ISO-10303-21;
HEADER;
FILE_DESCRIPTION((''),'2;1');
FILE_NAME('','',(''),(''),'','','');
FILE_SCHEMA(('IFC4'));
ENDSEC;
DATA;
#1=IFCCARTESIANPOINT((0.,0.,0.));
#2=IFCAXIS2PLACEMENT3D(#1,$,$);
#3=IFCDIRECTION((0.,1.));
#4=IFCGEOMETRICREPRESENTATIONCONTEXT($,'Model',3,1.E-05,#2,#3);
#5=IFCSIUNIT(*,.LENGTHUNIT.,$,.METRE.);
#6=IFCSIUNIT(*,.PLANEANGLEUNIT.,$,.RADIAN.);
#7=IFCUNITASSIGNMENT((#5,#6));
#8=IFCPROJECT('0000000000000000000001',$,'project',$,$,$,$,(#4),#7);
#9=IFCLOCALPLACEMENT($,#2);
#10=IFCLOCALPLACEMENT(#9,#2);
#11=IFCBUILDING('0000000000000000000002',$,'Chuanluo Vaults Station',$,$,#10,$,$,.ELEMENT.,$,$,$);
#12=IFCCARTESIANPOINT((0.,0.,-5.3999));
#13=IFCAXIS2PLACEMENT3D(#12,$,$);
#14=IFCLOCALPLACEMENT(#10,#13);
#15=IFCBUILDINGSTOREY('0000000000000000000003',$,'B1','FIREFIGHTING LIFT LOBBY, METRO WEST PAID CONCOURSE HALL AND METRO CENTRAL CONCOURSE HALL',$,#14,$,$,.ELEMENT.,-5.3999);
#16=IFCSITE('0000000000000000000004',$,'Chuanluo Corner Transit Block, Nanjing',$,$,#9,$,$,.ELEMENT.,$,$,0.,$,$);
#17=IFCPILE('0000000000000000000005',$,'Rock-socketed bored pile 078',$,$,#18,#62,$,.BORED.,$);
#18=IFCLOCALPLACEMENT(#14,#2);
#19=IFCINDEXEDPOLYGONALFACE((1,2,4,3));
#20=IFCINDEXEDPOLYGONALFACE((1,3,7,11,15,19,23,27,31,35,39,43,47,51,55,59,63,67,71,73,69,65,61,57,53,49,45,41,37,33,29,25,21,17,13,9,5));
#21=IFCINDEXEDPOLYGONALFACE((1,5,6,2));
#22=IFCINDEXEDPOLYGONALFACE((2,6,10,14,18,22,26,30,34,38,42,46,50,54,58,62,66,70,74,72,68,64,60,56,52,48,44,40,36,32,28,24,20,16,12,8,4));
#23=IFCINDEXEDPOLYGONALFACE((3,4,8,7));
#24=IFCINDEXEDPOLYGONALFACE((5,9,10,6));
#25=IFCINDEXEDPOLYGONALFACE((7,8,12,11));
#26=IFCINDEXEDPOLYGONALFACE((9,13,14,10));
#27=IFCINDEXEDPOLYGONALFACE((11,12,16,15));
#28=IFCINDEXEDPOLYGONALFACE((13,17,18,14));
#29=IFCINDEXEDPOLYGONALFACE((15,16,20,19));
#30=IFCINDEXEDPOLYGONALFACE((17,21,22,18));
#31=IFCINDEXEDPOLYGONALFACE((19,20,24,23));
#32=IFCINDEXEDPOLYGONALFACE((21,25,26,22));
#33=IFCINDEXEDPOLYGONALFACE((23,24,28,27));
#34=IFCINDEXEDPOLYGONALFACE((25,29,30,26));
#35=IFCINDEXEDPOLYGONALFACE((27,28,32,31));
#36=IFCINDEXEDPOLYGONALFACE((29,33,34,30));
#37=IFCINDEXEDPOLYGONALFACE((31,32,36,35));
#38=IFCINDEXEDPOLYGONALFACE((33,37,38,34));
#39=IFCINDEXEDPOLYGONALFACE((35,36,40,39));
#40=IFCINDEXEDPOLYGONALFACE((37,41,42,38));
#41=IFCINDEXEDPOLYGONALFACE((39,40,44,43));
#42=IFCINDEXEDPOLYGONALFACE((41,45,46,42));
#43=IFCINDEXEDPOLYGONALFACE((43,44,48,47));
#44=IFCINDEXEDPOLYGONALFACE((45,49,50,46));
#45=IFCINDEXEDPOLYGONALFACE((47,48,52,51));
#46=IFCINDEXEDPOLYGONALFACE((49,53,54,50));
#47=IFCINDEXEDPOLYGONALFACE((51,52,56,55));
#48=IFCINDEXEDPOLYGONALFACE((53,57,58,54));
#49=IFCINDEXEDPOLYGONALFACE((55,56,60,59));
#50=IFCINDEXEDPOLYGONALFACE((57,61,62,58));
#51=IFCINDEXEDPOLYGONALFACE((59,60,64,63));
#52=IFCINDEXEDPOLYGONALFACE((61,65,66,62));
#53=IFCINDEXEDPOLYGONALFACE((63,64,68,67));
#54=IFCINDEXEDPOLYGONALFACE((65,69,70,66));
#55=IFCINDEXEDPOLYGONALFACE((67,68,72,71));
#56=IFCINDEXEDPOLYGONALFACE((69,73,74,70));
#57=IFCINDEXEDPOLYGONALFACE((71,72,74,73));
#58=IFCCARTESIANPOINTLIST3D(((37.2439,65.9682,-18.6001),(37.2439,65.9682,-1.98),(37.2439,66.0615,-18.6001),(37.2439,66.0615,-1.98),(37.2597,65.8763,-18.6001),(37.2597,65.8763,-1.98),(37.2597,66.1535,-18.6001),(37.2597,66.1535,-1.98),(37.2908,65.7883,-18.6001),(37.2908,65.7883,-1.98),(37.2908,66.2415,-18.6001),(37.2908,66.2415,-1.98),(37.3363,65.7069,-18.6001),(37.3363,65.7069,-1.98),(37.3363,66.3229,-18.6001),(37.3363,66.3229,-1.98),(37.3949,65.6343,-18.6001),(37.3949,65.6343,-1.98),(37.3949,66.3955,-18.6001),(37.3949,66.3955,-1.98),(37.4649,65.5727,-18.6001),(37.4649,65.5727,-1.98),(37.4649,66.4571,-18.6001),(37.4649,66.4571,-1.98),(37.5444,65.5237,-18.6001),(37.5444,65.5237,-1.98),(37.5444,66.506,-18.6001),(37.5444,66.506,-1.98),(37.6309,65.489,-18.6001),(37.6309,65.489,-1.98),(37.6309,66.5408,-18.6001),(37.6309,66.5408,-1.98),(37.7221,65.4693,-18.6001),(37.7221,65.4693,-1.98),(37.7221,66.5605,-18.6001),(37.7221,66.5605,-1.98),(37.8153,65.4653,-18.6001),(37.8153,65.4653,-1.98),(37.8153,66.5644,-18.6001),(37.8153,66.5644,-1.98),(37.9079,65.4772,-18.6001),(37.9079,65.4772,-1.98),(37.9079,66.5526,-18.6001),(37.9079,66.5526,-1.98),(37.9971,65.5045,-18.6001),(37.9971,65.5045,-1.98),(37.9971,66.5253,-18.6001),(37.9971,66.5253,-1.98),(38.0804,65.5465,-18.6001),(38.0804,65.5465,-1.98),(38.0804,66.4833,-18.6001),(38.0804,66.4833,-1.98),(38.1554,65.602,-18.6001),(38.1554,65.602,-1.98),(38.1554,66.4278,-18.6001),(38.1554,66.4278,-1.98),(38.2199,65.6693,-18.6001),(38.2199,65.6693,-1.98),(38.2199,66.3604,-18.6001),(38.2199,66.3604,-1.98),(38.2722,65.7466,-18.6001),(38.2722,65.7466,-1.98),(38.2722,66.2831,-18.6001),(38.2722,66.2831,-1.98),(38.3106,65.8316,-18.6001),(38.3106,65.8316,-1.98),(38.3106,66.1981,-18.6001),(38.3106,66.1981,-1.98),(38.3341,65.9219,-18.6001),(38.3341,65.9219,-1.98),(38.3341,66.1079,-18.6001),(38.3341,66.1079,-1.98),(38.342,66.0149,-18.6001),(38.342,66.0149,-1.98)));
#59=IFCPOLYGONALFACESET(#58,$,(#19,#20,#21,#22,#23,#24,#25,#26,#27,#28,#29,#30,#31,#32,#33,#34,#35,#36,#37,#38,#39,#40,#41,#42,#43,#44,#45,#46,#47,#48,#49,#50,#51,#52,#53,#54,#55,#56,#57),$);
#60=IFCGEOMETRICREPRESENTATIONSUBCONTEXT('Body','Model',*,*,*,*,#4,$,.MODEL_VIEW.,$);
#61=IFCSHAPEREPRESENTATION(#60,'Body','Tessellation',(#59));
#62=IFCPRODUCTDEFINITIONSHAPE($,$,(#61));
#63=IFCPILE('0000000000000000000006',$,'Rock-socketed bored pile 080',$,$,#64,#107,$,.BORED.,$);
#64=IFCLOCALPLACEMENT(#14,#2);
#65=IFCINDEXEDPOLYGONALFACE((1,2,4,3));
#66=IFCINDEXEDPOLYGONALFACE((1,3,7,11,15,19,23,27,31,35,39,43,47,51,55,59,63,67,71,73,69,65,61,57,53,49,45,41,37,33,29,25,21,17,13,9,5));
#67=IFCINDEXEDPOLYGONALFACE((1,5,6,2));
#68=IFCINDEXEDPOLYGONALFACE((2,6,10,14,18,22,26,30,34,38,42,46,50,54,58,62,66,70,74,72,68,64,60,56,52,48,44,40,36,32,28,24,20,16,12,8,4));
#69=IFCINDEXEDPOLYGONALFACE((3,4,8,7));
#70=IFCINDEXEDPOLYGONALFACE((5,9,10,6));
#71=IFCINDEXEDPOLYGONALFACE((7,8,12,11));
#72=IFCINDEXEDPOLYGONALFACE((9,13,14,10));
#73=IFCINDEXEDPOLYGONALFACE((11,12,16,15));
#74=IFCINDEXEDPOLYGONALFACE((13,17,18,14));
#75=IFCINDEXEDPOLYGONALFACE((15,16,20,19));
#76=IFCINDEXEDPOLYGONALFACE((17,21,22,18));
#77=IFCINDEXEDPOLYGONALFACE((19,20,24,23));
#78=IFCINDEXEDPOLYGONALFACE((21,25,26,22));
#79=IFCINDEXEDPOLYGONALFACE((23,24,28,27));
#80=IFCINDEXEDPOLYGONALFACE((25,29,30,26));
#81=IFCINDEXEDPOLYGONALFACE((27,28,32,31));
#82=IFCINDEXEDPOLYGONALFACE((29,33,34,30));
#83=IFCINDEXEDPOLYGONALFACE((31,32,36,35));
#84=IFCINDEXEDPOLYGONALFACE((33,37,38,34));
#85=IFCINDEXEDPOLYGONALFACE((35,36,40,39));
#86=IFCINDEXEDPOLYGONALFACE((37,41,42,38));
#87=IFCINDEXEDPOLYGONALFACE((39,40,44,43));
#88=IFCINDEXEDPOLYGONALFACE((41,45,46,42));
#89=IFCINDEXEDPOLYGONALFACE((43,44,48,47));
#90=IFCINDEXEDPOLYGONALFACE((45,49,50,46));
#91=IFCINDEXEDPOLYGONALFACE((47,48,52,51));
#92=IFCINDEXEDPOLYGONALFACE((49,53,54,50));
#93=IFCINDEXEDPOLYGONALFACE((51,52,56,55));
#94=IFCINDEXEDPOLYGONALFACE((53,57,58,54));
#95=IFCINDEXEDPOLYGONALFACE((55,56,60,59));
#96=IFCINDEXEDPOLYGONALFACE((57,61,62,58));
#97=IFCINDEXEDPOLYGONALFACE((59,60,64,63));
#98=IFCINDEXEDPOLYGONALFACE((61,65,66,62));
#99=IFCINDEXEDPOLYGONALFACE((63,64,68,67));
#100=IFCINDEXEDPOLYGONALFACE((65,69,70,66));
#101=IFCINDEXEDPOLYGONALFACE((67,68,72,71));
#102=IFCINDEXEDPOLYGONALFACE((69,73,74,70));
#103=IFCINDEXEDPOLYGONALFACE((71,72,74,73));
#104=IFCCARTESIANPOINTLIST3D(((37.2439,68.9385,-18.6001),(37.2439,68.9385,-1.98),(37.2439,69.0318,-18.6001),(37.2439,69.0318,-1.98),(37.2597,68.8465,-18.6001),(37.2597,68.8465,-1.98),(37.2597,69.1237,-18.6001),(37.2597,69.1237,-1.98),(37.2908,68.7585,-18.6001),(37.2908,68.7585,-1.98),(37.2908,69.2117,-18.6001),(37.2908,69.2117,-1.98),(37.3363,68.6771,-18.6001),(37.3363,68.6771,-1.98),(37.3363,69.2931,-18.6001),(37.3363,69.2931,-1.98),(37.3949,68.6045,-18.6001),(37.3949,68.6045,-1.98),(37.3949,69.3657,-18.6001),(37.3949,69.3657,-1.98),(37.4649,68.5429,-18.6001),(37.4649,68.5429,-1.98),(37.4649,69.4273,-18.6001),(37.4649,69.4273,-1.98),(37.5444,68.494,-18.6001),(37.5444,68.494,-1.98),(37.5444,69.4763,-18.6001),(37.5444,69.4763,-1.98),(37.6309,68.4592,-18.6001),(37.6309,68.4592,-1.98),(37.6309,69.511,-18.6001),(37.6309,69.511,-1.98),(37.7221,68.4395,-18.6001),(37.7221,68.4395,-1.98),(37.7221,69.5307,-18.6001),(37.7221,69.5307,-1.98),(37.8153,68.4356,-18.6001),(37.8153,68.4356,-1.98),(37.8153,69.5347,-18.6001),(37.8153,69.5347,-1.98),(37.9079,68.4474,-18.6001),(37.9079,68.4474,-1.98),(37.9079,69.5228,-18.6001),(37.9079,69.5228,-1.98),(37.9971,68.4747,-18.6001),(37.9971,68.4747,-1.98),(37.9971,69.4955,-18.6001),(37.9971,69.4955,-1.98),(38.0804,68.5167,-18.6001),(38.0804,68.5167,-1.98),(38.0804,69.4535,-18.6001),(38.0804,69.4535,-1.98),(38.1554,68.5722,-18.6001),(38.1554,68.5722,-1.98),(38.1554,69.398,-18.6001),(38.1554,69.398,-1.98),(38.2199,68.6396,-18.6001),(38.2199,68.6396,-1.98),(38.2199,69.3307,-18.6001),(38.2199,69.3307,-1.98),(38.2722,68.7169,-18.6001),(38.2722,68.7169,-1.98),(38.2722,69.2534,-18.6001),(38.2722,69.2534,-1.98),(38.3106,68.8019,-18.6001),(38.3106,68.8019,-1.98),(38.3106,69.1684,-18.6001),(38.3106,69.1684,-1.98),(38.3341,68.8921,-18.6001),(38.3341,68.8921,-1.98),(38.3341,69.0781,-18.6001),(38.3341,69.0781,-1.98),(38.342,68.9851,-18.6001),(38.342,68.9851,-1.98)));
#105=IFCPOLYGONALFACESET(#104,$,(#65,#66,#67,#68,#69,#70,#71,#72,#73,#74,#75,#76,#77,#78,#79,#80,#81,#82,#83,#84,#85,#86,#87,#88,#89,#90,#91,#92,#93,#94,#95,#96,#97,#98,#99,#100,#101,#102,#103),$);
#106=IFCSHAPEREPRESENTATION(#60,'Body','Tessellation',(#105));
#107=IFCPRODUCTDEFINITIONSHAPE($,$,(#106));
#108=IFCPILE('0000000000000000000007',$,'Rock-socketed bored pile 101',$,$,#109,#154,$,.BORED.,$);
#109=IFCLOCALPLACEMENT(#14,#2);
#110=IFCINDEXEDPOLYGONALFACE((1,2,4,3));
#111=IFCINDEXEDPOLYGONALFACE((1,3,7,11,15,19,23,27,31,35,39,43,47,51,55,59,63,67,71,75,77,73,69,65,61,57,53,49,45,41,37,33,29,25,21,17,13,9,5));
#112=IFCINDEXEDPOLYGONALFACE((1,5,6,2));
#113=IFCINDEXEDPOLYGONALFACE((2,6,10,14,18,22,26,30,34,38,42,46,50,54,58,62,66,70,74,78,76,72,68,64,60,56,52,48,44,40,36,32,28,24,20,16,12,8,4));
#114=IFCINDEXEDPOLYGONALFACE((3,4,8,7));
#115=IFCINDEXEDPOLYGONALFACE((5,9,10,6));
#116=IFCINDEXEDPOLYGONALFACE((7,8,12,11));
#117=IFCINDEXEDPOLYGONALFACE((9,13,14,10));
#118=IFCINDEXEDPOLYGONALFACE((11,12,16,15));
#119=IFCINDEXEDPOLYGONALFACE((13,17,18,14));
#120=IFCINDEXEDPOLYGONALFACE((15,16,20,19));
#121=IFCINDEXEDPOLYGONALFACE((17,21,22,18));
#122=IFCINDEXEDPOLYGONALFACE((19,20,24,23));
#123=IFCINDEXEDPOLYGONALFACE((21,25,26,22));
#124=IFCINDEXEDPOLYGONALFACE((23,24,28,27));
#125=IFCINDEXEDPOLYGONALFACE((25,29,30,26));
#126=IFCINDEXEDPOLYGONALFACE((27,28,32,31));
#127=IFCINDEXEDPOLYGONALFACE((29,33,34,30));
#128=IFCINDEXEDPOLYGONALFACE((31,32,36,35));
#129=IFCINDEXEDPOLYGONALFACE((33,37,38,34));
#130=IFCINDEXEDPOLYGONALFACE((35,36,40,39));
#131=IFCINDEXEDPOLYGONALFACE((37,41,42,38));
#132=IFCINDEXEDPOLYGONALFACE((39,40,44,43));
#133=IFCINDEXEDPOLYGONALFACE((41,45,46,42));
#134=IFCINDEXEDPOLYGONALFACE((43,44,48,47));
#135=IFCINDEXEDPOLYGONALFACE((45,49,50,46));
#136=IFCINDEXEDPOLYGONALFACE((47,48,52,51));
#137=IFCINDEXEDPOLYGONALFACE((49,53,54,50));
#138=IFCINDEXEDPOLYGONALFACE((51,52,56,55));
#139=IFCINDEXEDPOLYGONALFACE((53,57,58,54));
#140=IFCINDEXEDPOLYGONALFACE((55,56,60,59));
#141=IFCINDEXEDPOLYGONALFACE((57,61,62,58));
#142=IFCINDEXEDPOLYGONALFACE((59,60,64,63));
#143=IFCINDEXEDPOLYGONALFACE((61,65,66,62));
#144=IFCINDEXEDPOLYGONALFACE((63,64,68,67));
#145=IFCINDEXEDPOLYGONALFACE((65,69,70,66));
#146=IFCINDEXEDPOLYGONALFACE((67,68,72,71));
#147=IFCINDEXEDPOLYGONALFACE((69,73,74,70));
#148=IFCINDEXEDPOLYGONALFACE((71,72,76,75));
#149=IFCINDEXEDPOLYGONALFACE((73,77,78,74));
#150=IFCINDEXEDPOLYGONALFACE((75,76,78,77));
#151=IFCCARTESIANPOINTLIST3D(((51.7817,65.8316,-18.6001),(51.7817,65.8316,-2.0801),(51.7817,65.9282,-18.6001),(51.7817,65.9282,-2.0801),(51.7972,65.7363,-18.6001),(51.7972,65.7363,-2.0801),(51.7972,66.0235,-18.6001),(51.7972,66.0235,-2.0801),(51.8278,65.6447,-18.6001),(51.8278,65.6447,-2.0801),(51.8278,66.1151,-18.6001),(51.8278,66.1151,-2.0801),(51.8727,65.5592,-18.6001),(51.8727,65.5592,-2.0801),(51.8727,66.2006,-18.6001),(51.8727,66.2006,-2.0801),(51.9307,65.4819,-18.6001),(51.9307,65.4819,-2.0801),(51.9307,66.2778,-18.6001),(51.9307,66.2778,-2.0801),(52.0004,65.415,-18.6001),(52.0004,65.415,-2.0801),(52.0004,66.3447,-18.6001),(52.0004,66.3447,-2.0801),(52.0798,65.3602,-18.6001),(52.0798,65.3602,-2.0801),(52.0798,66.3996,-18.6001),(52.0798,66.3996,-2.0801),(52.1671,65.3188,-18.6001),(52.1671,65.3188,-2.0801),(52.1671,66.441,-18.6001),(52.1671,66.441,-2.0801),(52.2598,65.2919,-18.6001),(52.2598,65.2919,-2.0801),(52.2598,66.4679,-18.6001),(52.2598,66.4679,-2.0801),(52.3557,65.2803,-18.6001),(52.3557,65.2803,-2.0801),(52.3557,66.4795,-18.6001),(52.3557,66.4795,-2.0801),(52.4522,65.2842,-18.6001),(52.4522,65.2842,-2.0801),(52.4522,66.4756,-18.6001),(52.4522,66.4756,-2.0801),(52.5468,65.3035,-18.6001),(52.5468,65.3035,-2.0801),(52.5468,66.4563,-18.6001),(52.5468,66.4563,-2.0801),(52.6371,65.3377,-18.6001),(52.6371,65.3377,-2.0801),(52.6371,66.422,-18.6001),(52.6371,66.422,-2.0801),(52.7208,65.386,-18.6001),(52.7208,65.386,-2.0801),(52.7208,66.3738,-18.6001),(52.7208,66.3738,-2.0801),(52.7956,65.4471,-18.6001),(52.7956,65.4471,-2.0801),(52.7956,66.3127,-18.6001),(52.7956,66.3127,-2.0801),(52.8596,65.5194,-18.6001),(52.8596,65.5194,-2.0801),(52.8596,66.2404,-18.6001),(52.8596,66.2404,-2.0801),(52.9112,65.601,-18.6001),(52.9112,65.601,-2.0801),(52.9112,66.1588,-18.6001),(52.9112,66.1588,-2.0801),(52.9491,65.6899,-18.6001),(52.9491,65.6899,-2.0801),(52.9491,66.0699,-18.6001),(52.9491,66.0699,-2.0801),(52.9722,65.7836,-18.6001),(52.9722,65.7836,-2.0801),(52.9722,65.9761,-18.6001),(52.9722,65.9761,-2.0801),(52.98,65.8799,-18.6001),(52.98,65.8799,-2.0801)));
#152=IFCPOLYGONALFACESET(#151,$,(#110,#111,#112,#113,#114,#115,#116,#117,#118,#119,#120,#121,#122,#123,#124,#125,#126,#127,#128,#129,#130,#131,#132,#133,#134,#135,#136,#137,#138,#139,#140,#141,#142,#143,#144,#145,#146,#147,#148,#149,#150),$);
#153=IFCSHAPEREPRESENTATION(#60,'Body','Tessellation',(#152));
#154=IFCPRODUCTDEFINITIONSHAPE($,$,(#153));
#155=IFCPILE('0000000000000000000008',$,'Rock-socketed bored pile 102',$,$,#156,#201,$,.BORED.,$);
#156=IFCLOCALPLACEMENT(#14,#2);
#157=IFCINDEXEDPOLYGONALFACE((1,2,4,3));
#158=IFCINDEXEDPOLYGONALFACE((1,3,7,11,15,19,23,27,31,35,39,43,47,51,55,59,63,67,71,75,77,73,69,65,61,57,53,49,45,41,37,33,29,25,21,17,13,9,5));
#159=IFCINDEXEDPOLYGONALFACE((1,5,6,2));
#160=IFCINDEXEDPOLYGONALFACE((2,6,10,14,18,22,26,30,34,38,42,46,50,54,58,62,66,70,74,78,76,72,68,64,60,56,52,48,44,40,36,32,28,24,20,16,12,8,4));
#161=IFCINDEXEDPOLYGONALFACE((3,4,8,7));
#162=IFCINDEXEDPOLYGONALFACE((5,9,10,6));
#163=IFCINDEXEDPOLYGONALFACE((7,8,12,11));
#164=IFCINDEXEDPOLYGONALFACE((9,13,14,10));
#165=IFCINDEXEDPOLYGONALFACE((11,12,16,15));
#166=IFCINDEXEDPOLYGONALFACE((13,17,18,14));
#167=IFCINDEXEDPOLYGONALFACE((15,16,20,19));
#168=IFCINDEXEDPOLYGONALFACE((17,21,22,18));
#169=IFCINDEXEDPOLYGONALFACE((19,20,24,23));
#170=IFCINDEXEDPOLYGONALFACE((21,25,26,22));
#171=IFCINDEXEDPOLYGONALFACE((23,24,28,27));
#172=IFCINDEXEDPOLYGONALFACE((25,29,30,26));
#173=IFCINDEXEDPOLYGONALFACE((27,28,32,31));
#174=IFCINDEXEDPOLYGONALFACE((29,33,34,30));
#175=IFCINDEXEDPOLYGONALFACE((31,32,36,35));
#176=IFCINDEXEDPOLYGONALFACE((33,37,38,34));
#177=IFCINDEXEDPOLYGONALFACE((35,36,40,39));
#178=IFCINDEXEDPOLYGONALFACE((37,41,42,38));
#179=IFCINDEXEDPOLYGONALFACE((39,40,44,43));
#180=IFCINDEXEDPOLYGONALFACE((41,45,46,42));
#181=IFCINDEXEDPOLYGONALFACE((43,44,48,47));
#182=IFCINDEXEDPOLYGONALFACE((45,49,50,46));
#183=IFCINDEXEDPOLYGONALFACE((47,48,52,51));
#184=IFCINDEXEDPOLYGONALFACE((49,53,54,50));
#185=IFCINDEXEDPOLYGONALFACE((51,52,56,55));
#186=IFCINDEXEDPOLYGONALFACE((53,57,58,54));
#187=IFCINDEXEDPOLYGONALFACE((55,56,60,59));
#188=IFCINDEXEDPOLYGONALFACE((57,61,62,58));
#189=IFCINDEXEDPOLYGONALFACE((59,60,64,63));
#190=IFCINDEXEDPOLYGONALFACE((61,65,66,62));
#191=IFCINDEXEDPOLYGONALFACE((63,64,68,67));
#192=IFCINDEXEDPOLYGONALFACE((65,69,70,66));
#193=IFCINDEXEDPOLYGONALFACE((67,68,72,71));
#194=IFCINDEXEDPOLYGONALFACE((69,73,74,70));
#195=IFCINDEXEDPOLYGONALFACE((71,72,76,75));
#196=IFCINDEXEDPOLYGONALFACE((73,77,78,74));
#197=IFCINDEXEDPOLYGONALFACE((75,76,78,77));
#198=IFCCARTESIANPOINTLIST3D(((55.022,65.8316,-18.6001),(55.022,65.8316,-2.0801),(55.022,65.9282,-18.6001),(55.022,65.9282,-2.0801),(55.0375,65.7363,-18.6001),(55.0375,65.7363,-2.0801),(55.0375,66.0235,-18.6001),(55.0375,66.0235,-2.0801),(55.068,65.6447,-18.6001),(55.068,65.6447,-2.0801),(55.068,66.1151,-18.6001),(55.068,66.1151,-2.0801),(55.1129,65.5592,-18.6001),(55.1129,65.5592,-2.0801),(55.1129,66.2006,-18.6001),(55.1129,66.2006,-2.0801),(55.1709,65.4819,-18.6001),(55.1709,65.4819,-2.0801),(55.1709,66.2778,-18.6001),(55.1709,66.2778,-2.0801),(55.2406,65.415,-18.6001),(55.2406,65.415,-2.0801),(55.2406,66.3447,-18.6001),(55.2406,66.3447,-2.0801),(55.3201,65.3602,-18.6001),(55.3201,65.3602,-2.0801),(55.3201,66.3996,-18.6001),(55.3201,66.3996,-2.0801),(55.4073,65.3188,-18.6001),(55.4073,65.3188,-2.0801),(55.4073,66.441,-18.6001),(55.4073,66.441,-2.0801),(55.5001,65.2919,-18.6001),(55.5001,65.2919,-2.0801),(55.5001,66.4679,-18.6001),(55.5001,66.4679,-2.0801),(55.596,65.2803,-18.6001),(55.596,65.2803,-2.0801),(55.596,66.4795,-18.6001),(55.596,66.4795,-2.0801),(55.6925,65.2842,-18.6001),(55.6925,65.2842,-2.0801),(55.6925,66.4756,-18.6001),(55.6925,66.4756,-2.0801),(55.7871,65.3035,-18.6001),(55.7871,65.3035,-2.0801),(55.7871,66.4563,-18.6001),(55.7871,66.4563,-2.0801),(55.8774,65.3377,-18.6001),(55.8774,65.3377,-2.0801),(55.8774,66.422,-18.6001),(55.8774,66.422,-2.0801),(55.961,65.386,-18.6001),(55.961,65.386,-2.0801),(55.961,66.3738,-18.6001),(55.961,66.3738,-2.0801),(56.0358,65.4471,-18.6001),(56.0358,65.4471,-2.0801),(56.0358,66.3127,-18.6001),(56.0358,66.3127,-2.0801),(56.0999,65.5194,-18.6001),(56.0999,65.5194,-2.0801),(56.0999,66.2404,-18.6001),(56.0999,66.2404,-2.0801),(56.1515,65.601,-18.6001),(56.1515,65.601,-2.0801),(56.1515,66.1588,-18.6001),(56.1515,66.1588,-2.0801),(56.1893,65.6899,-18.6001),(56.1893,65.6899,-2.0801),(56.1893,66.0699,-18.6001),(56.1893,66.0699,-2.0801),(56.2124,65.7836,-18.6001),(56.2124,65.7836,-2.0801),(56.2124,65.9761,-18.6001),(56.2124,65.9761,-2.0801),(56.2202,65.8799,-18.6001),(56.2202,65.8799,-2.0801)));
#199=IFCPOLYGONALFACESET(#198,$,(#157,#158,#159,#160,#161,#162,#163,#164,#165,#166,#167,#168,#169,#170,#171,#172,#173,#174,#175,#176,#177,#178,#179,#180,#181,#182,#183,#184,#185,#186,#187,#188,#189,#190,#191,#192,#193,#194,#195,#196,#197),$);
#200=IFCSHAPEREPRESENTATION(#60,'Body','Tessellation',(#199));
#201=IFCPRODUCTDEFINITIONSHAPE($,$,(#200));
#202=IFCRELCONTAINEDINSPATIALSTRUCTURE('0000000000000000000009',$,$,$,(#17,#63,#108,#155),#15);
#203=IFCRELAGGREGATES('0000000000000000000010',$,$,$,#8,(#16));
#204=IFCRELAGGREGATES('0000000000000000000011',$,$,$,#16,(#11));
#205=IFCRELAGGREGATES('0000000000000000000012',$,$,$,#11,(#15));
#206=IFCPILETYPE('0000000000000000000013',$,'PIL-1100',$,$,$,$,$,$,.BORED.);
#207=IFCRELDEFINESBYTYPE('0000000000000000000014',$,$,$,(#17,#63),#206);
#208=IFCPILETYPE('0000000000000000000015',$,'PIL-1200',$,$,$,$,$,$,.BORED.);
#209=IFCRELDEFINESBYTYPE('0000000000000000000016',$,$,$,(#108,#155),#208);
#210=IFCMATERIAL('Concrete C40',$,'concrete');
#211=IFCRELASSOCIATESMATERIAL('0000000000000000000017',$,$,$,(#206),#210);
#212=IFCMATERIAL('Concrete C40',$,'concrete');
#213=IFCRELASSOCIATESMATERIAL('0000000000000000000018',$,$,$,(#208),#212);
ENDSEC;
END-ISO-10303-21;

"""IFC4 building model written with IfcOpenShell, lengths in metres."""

from ifc_helpers import new_model, si_unit, direction, frame, origin, origin_2d, place, context, subcontext, project, spatial, circle, extrude, material, material_profile, profile_set, type_object, element, save


model = new_model("IFC4")

# Units and contexts
model_context = context("Model", 3, precision=1e-05, world=origin(), true_north=direction((0.0, 1.0)))
body_context = subcontext(model_context, "Body", "Model", "MODEL_VIEW")
ifc_project = project(units=[si_unit("LENGTHUNIT", "METRE"), si_unit("PLANEANGLEUNIT", "RADIAN")], contexts=[model_context])

# Site, building, storey
site_placement = place(None, origin())
site = spatial("IfcSite", under=ifc_project, at=site_placement, Name="Chuanluo Corner Transit Block, Nanjing", CompositionType="ELEMENT", RefElevation=0.0)
building_placement = place(site_placement, origin())
building = spatial("IfcBuilding", under=site, at=building_placement, Name="Chuanluo Vaults Station", CompositionType="ELEMENT")
storey_placement = place(building_placement, frame((0.0, 0.0, -5.3999)))
storey = spatial("IfcBuildingStorey", under=building, at=storey_placement, Name="B1", Description="FIREFIGHTING LIFT LOBBY, METRO WEST PAID CONCOURSE HALL AND METRO CENTRAL CONCOURSE HALL", CompositionType="ELEMENT", Elevation=-5.3999)

# Piles
ifc_material_1 = material(Name="Concrete C40", Category="concrete")
ifc_material_profile_1 = material_profile(ifc_material_1, circle(Radius=0.55, at=origin_2d()))
ifc_profile_set_1 = profile_set([ifc_material_profile_1], Name="Concrete C40")
pile_type_1 = type_object("IfcPileType", Name="PIL-1100", PredefinedType="BORED", material=ifc_profile_set_1)
for number, where, z_axis, x_axis, name in (
    (1, (37.792, 66.0149, -1.98), (0.0, 0.0, -1.0), (1.0, 0.0, 0.0), "Rock-socketed bored pile 078"),
    (2, (37.792, 68.9851, -1.98), (0.0, 0.0, -1.0), (1.0, 0.0, 0.0), "Rock-socketed bored pile 080"),
):
    element("IfcPile", number, at=place(storey_placement, frame(where, z_axis=z_axis, x_axis=x_axis)), inside=storey, type_object=pile_type_1, Name=name, PredefinedType="BORED", context=body_context, shape_type="SweptSolid", body=[
        extrude(circle(Radius=0.55, at=origin_2d()), origin(), (0.0, 0.0, 1.0), 16.6201),
    ])
ifc_material_2 = material(Name="Concrete C40", Category="concrete")
ifc_material_profile_2 = material_profile(ifc_material_2, circle(Radius=0.6001, at=origin_2d()))
ifc_profile_set_2 = profile_set([ifc_material_profile_2], Name="Concrete C40")
pile_type_2 = type_object("IfcPileType", Name="PIL-1200", PredefinedType="BORED", material=ifc_profile_set_2)
for number, where, z_axis, x_axis, name in (
    (3, (52.3799, 65.8799, -2.0801), (0.0, 0.0, -1.0), (1.0, 0.0, 0.0), "Rock-socketed bored pile 101"),
    (4, (55.6201, 65.8799, -2.0801), (0.0, 0.0, -1.0), (1.0, 0.0, 0.0), "Rock-socketed bored pile 102"),
):
    element("IfcPile", number, at=place(storey_placement, frame(where, z_axis=z_axis, x_axis=x_axis)), inside=storey, type_object=pile_type_2, Name=name, PredefinedType="BORED", context=body_context, shape_type="SweptSolid", body=[
        extrude(circle(Radius=0.6001, at=origin_2d()), origin(), (0.0, 0.0, 1.0), 16.52),
    ])

save(model, "model.ifc")
